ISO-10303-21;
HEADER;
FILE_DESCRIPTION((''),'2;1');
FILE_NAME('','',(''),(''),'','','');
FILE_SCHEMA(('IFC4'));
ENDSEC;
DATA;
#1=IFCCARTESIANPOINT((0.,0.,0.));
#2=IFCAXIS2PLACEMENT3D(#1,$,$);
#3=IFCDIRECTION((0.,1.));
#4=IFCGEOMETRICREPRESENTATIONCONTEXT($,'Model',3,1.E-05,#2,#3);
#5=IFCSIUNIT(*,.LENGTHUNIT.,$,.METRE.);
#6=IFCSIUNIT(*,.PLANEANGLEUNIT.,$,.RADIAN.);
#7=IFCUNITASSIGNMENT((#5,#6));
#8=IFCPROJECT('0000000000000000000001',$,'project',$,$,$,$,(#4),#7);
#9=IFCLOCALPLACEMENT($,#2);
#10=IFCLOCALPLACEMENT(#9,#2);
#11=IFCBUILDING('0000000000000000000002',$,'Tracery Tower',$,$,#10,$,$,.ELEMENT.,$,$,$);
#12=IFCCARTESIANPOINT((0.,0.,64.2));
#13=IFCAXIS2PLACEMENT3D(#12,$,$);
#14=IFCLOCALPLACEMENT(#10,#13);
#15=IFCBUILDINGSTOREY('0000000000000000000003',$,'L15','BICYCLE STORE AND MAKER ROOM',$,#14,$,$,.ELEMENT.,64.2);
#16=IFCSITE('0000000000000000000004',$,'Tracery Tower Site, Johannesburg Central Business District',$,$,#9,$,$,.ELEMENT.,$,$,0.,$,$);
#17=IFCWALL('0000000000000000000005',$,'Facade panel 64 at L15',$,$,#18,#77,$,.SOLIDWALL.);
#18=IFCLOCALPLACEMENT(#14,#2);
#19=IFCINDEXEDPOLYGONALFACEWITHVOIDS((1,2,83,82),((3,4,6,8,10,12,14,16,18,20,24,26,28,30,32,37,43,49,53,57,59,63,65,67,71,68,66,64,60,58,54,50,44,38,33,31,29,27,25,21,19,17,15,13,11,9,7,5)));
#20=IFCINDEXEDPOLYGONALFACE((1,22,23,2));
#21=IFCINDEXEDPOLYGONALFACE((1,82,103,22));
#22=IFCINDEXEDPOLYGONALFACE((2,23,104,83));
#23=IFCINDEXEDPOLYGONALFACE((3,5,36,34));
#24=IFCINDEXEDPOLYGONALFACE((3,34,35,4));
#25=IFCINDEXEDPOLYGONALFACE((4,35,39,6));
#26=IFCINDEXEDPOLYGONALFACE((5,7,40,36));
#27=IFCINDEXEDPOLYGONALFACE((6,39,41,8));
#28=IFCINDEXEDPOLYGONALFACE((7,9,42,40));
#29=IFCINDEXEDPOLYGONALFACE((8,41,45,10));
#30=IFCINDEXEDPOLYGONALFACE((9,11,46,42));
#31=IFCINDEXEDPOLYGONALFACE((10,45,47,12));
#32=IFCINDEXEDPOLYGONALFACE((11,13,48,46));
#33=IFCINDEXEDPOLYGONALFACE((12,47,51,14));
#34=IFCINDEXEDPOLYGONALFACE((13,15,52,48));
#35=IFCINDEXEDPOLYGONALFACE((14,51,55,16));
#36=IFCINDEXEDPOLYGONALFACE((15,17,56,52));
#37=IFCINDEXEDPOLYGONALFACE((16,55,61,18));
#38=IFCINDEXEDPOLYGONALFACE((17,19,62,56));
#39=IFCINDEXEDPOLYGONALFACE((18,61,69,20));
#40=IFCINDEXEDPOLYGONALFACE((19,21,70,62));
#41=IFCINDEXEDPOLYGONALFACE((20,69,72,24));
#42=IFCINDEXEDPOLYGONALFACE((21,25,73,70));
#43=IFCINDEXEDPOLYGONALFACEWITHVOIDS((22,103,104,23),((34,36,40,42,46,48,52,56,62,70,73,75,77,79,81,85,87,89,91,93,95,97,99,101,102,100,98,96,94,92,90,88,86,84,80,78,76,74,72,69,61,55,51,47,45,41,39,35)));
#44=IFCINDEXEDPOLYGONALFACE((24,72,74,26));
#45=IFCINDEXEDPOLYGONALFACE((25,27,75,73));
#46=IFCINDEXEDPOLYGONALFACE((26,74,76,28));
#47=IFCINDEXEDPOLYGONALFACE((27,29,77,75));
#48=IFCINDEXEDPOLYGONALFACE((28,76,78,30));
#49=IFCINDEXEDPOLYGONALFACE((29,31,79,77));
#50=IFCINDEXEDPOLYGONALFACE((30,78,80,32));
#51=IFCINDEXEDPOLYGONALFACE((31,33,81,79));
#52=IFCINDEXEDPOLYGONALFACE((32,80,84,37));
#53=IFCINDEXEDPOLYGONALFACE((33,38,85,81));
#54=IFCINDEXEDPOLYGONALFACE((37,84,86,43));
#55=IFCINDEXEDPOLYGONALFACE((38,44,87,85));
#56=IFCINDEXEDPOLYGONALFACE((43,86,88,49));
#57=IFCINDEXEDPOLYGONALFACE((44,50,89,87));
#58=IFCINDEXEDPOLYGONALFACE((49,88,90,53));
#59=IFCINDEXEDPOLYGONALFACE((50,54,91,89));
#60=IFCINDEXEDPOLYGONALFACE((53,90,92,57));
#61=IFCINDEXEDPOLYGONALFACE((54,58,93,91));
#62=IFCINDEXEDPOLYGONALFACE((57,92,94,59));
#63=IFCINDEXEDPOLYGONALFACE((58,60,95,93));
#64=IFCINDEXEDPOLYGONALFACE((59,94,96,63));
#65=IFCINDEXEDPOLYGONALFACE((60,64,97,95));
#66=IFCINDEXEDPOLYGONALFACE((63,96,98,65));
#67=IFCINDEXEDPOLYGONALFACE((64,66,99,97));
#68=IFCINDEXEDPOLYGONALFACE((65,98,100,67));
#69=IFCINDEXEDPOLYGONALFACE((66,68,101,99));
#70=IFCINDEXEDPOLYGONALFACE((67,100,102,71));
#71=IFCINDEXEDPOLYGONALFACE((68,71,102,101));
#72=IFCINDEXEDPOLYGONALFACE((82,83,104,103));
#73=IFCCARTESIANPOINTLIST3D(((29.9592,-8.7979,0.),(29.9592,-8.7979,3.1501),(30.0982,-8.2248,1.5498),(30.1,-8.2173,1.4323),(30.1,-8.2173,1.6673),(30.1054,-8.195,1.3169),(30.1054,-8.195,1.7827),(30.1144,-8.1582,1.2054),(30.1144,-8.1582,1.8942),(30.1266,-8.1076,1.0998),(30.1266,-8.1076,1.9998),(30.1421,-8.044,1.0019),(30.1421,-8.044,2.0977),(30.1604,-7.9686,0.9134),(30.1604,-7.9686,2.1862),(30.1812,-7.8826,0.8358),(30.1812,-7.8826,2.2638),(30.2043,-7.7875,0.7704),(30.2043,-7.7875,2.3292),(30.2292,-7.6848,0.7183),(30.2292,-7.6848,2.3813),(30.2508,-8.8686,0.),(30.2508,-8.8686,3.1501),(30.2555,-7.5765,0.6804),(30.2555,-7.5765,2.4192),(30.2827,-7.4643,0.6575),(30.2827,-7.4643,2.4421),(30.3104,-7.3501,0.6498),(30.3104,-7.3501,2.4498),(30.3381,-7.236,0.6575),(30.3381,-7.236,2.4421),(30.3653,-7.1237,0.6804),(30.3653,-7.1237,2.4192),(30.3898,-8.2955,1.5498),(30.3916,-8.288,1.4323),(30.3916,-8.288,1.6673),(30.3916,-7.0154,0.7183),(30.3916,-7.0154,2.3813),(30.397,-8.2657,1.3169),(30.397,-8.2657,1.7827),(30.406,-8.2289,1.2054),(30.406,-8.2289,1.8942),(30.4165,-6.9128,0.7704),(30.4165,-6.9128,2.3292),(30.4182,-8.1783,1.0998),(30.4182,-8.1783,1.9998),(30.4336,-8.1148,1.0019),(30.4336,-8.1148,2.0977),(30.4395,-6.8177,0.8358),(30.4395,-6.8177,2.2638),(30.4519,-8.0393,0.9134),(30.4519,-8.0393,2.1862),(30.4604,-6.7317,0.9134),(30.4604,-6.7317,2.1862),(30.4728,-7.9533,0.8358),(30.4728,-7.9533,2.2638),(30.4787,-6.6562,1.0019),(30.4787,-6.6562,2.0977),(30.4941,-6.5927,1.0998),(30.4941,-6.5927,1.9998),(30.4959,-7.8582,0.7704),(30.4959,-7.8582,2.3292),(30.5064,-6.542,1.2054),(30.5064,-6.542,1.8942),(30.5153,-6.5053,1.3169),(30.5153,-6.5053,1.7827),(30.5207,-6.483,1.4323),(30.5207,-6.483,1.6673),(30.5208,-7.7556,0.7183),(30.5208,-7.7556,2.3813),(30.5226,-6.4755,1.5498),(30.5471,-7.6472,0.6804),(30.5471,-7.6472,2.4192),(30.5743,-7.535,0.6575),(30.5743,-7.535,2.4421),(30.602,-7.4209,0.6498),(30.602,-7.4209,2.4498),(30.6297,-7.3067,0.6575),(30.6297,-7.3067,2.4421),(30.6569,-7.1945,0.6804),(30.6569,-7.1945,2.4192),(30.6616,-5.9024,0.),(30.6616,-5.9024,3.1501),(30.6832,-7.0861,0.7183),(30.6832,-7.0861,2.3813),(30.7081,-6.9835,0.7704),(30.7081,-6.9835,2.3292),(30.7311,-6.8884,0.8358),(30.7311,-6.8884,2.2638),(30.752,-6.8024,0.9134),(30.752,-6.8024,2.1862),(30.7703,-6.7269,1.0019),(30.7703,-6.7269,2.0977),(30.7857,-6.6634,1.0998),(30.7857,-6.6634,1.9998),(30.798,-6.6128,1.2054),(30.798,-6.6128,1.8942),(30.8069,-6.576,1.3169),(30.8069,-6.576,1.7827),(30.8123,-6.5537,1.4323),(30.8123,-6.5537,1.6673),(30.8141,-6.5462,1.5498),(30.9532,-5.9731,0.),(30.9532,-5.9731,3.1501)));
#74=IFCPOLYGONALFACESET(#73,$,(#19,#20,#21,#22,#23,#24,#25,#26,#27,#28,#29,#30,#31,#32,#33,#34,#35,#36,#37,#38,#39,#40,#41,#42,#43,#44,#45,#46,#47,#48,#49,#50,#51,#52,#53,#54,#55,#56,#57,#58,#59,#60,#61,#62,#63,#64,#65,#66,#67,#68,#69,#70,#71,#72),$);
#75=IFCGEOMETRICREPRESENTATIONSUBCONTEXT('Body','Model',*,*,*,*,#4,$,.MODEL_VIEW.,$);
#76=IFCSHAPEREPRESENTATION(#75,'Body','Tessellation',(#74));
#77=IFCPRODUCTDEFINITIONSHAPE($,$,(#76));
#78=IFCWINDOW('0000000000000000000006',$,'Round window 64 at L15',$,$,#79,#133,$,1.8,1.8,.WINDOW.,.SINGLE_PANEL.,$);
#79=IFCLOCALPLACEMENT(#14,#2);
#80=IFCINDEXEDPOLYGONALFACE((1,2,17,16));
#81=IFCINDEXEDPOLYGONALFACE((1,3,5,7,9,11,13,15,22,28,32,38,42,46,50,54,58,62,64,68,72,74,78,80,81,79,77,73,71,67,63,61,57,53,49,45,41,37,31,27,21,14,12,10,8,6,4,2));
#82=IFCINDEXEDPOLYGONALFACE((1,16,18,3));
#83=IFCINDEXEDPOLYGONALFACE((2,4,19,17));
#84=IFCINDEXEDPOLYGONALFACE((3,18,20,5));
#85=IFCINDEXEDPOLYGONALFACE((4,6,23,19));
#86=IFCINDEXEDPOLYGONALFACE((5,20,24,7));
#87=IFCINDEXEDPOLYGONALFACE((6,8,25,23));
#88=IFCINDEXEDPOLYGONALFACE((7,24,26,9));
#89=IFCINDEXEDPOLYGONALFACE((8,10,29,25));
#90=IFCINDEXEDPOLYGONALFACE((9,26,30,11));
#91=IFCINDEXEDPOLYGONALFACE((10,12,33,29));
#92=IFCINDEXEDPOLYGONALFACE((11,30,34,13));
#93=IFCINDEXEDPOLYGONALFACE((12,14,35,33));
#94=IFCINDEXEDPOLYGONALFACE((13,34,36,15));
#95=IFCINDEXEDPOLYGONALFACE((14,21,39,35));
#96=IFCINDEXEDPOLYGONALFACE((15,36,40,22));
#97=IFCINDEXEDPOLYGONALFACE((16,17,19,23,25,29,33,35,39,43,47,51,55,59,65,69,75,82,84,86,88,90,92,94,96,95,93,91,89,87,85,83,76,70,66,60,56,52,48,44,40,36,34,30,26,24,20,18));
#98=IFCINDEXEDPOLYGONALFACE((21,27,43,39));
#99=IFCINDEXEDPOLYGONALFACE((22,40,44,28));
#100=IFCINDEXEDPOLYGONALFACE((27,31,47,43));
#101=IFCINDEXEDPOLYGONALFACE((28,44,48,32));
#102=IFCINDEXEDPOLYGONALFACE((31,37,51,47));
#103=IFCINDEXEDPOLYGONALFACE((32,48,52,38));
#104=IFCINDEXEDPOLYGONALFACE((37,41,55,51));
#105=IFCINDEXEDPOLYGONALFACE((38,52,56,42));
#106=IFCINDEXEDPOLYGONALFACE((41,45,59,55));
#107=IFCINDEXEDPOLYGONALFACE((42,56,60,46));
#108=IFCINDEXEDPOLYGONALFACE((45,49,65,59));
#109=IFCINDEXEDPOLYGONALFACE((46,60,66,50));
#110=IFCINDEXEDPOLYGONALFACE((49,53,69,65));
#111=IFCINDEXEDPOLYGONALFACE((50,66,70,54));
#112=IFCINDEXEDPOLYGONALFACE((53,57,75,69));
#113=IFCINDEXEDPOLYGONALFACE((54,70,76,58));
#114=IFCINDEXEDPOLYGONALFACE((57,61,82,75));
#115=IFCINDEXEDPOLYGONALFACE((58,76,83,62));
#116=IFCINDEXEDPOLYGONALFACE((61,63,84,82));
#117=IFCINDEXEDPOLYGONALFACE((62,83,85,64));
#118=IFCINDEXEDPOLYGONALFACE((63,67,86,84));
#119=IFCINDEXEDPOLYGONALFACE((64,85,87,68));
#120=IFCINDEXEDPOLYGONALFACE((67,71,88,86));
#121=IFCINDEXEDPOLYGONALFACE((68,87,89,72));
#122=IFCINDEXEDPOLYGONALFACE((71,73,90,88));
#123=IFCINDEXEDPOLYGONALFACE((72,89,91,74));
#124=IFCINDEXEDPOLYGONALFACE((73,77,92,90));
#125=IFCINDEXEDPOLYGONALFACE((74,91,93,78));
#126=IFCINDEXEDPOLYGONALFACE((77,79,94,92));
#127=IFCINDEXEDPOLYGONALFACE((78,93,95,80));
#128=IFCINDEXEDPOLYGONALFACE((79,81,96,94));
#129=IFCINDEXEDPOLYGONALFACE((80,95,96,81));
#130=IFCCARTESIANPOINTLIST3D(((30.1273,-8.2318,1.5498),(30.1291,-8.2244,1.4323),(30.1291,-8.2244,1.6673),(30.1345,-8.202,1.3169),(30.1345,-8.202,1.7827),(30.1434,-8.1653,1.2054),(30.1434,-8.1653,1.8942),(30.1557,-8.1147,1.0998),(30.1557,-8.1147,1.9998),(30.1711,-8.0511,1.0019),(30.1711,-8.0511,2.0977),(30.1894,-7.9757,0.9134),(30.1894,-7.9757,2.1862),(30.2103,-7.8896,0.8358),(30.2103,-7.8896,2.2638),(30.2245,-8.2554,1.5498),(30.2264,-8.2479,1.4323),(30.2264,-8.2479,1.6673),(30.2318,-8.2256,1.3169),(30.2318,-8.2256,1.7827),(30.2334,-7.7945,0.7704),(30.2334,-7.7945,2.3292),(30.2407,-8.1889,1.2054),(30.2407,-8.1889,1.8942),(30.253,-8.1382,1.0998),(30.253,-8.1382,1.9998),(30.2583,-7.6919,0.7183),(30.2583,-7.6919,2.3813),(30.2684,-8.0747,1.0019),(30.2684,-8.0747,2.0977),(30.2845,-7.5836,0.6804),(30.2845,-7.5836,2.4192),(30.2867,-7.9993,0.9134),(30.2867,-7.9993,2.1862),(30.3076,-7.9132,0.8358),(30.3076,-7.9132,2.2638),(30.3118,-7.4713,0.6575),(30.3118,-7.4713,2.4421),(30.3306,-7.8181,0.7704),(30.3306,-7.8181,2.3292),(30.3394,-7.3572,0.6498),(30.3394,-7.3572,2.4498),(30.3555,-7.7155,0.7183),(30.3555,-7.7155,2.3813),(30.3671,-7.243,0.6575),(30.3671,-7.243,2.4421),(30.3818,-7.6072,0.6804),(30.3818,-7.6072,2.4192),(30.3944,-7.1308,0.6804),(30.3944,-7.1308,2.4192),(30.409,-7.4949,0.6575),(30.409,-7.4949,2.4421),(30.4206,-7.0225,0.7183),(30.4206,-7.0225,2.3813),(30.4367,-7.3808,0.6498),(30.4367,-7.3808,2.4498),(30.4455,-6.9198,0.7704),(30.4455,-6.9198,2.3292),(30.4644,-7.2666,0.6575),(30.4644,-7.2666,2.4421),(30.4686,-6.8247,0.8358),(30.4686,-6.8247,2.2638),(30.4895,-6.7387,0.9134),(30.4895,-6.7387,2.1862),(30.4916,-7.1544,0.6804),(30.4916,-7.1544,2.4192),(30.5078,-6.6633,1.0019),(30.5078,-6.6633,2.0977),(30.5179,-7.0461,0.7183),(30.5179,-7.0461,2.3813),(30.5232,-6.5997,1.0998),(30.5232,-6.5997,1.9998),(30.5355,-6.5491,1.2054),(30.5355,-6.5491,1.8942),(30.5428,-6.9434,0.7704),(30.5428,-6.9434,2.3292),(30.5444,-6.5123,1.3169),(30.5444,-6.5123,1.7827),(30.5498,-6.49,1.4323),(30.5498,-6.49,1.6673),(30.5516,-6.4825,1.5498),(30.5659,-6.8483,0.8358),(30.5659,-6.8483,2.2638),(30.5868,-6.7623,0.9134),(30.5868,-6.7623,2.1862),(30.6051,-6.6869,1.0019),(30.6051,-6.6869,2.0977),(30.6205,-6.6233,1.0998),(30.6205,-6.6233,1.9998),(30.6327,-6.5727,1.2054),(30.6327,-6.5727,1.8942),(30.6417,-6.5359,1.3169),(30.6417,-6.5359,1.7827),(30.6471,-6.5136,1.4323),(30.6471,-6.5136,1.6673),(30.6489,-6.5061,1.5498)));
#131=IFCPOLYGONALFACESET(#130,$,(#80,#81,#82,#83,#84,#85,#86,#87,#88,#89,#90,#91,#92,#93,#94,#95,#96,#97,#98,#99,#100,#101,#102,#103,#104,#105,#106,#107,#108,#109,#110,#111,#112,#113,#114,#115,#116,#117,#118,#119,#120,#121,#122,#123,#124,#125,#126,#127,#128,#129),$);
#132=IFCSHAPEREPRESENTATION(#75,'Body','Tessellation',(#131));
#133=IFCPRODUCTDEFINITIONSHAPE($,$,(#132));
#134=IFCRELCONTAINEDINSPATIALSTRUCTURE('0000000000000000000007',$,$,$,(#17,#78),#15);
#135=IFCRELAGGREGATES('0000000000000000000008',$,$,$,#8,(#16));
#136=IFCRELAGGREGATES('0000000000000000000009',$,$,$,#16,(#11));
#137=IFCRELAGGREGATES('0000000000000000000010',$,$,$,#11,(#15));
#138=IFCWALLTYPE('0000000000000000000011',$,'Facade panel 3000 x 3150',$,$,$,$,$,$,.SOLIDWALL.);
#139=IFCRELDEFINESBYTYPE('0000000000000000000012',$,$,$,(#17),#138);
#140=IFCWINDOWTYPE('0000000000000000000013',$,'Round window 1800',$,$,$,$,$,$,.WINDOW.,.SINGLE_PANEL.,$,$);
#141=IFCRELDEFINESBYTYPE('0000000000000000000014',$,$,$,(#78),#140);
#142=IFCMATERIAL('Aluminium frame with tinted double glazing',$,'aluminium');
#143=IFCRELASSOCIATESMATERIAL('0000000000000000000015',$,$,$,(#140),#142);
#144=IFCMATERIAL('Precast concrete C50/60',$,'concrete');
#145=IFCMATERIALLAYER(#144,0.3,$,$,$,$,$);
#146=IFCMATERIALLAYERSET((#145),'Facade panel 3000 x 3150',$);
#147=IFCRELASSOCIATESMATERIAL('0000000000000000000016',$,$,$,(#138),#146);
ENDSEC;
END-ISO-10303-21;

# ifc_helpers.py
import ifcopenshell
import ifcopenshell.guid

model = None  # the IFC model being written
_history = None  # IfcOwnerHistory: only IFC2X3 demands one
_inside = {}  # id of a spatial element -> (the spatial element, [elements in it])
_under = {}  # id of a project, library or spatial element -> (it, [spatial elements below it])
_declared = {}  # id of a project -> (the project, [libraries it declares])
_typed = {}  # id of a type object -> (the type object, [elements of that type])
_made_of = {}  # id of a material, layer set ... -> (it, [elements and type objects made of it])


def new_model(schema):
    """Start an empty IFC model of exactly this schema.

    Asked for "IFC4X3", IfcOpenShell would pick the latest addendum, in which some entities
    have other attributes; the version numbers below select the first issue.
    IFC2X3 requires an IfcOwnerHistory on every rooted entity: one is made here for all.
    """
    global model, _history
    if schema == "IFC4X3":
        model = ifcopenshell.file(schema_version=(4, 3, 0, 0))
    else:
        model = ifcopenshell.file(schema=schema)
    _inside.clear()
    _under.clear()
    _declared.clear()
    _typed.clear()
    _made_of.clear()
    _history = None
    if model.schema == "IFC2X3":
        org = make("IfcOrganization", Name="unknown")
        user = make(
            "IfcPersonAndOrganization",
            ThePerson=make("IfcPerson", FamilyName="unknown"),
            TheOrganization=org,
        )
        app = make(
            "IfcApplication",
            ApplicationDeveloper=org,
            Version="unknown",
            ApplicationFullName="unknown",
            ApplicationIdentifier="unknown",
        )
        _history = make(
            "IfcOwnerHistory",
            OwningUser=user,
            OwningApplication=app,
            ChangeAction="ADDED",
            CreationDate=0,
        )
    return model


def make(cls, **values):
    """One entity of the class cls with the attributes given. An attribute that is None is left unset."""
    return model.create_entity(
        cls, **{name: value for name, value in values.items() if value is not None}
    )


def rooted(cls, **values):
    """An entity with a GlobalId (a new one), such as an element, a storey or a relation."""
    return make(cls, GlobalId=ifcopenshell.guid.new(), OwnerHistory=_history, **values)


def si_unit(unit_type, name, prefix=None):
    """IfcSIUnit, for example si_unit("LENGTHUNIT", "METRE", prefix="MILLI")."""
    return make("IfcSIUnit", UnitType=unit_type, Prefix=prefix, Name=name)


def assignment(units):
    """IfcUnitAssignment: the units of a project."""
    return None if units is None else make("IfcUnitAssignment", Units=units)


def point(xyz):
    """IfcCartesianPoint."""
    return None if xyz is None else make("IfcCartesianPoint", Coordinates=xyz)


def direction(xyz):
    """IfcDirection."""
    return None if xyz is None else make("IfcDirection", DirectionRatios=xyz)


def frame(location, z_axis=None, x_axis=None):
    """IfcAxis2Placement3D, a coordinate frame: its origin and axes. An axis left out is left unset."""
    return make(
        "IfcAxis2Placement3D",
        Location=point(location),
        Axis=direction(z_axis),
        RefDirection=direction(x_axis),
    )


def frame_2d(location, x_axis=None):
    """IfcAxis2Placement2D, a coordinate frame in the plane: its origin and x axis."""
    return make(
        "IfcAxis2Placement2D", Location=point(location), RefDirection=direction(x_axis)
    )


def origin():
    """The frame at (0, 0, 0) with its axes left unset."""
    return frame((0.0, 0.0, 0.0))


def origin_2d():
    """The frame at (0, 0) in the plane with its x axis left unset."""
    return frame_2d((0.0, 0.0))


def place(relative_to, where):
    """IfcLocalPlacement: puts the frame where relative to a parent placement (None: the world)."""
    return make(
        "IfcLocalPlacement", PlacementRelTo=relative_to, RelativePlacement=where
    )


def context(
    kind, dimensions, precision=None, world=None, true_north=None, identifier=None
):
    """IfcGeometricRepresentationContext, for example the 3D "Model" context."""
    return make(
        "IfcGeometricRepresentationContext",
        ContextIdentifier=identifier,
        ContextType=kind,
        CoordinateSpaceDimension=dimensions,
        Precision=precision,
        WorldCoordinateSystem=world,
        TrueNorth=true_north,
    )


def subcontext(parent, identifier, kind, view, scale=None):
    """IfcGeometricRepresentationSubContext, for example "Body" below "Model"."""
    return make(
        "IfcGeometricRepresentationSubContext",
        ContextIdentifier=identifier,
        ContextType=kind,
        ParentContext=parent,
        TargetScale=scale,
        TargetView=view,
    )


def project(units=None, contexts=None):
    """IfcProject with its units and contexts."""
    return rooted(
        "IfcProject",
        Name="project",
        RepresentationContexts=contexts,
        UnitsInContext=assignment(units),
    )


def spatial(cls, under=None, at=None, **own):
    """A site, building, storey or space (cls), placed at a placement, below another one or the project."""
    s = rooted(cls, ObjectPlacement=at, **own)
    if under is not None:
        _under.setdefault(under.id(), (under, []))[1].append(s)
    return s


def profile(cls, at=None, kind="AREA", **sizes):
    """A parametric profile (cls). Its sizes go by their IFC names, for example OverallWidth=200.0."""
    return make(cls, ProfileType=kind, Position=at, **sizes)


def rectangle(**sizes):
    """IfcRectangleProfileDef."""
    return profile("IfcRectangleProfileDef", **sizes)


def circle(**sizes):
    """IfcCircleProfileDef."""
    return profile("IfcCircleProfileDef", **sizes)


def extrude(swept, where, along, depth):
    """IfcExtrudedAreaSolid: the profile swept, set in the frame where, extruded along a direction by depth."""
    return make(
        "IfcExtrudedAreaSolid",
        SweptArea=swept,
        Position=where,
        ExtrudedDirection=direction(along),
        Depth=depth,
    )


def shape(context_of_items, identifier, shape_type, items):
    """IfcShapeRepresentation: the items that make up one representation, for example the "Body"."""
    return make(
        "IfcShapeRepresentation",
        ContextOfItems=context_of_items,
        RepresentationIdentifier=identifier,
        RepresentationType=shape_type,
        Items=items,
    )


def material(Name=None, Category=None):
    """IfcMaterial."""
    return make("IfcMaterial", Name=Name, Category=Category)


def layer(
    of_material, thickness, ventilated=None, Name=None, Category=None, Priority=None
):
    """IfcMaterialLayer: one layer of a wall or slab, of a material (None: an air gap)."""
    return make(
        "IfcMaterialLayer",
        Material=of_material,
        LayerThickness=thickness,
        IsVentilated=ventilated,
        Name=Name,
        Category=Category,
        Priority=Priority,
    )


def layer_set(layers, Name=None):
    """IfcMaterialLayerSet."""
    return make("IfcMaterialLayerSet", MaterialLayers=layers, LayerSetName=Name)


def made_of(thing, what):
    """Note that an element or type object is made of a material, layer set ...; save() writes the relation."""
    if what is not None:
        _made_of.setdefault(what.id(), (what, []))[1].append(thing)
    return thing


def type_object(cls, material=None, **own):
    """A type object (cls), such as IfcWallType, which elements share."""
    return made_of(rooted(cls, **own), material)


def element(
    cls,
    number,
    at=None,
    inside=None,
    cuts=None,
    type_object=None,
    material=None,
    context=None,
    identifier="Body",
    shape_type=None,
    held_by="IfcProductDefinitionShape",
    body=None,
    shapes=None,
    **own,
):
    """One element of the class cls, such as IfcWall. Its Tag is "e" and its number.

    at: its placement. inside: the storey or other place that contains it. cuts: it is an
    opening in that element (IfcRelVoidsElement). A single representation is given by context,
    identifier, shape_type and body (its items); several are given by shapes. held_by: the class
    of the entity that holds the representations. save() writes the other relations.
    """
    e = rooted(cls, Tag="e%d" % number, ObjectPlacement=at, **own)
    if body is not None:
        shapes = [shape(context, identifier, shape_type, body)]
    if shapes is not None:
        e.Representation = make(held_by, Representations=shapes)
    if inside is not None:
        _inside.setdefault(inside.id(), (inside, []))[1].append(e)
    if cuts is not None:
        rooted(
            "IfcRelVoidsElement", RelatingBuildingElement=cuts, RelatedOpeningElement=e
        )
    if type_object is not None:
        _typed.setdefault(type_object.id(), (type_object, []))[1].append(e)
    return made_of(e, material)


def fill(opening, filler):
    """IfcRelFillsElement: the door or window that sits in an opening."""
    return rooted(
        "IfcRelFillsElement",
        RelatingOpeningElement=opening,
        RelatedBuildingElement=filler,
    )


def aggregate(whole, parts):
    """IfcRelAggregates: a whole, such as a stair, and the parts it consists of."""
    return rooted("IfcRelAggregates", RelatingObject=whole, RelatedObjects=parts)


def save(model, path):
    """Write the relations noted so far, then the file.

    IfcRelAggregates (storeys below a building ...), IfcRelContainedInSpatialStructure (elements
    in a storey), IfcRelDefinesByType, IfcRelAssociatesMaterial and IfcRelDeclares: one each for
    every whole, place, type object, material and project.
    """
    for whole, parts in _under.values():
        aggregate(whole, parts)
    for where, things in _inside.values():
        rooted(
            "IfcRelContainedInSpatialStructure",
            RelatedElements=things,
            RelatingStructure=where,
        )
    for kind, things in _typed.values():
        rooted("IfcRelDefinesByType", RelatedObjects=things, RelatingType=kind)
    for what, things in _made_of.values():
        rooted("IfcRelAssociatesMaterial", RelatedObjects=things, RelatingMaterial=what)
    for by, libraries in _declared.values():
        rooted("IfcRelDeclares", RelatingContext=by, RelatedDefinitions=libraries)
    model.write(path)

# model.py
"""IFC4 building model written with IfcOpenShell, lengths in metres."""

from ifc_helpers import new_model, si_unit, direction, frame, frame_2d, origin, origin_2d, place, context, subcontext, project, spatial, rectangle, circle, extrude, material, layer, layer_set, type_object, element, fill, save


model = new_model("IFC4")

# Units and contexts
model_context = context("Model", 3, precision=1e-05, world=origin(), true_north=direction((0.0, 1.0)))
body_context = subcontext(model_context, "Body", "Model", "MODEL_VIEW")
ifc_project = project(units=[si_unit("LENGTHUNIT", "METRE"), si_unit("PLANEANGLEUNIT", "RADIAN")], contexts=[model_context])

# Site, building, storey
site_placement = place(None, origin())
site = spatial("IfcSite", under=ifc_project, at=site_placement, Name="Tracery Tower Site, Johannesburg Central Business District", CompositionType="ELEMENT", RefElevation=0.0)
building_placement = place(site_placement, origin())
building = spatial("IfcBuilding", under=site, at=building_placement, Name="Tracery Tower", CompositionType="ELEMENT")
storey_placement = place(building_placement, frame((0.0, 0.0, 64.2)))
storey = spatial("IfcBuildingStorey", under=building, at=storey_placement, Name="L15", Description="BICYCLE STORE AND MAKER ROOM", CompositionType="ELEMENT", Elevation=64.2)

# Wall, opening, window
ifc_material_1 = material(Name="Aluminium frame with tinted double glazing", Category="aluminium")
window_type = type_object("IfcWindowType", Name="Round window 1800", PartitioningType="SINGLE_PANEL", PredefinedType="WINDOW", material=ifc_material_1)
ifc_material_2 = material(Name="Precast concrete C50/60", Category="concrete")
ifc_layer_1 = layer(ifc_material_2, 0.3)
ifc_layer_set_1 = layer_set([ifc_layer_1], Name="Facade panel 3000 x 3150")
wall_type_1 = type_object("IfcWallType", Name="Facade panel 3000 x 3150", PredefinedType="SOLIDWALL", material=ifc_layer_set_1)
wall_1_placement = place(storey_placement, frame((30.105, -8.8333, 0.0), z_axis=(0.0, 0.0, 1.0), x_axis=(0.235743, 0.971815, 0.0)))
wall_1 = element("IfcWall", 1, at=wall_1_placement, inside=storey, type_object=wall_type_1, Name="Facade panel 64 at L15", PredefinedType="SOLIDWALL", context=body_context, shape_type="SweptSolid", body=[
    extrude(rectangle(XDim=2.9795, YDim=0.3, at=frame_2d((1.4897, 0.0))), origin(), (0.0, 0.0, 1.0), 3.1501),
])
opening_1_placement = place(wall_1_placement, frame((1.4897, 0.0, 1.5498)))
opening_1 = element("IfcOpeningElement", 2, at=opening_1_placement, cuts=wall_1, PredefinedType="OPENING", context=body_context, shape_type="SweptSolid", body=[
    extrude(circle(Radius=0.9, at=origin_2d()), frame((0.0, 0.1599, 0.0), z_axis=(0.0, -1.0, 0.0), x_axis=(1.0, 0.0, 0.0)), (0.0, 0.0, 1.0), 0.3201),
])
window_1_placement = place(opening_1_placement, origin())
window_1 = element("IfcWindow", 3, at=window_1_placement, inside=storey, type_object=window_type, Name="Round window 64 at L15", OverallHeight=1.8, OverallWidth=1.8, PartitioningType="SINGLE_PANEL", PredefinedType="WINDOW", context=body_context, shape_type="SweptSolid", body=[
    extrude(circle(Radius=0.9, at=origin_2d()), frame((0.0, 0.1201, 0.0), z_axis=(0.0, -1.0, 0.0), x_axis=(1.0, 0.0, 0.0)), (0.0, 0.0, 1.0), 0.1001),
])
fill(opening_1, window_1)

save(model, "model.ifc")
